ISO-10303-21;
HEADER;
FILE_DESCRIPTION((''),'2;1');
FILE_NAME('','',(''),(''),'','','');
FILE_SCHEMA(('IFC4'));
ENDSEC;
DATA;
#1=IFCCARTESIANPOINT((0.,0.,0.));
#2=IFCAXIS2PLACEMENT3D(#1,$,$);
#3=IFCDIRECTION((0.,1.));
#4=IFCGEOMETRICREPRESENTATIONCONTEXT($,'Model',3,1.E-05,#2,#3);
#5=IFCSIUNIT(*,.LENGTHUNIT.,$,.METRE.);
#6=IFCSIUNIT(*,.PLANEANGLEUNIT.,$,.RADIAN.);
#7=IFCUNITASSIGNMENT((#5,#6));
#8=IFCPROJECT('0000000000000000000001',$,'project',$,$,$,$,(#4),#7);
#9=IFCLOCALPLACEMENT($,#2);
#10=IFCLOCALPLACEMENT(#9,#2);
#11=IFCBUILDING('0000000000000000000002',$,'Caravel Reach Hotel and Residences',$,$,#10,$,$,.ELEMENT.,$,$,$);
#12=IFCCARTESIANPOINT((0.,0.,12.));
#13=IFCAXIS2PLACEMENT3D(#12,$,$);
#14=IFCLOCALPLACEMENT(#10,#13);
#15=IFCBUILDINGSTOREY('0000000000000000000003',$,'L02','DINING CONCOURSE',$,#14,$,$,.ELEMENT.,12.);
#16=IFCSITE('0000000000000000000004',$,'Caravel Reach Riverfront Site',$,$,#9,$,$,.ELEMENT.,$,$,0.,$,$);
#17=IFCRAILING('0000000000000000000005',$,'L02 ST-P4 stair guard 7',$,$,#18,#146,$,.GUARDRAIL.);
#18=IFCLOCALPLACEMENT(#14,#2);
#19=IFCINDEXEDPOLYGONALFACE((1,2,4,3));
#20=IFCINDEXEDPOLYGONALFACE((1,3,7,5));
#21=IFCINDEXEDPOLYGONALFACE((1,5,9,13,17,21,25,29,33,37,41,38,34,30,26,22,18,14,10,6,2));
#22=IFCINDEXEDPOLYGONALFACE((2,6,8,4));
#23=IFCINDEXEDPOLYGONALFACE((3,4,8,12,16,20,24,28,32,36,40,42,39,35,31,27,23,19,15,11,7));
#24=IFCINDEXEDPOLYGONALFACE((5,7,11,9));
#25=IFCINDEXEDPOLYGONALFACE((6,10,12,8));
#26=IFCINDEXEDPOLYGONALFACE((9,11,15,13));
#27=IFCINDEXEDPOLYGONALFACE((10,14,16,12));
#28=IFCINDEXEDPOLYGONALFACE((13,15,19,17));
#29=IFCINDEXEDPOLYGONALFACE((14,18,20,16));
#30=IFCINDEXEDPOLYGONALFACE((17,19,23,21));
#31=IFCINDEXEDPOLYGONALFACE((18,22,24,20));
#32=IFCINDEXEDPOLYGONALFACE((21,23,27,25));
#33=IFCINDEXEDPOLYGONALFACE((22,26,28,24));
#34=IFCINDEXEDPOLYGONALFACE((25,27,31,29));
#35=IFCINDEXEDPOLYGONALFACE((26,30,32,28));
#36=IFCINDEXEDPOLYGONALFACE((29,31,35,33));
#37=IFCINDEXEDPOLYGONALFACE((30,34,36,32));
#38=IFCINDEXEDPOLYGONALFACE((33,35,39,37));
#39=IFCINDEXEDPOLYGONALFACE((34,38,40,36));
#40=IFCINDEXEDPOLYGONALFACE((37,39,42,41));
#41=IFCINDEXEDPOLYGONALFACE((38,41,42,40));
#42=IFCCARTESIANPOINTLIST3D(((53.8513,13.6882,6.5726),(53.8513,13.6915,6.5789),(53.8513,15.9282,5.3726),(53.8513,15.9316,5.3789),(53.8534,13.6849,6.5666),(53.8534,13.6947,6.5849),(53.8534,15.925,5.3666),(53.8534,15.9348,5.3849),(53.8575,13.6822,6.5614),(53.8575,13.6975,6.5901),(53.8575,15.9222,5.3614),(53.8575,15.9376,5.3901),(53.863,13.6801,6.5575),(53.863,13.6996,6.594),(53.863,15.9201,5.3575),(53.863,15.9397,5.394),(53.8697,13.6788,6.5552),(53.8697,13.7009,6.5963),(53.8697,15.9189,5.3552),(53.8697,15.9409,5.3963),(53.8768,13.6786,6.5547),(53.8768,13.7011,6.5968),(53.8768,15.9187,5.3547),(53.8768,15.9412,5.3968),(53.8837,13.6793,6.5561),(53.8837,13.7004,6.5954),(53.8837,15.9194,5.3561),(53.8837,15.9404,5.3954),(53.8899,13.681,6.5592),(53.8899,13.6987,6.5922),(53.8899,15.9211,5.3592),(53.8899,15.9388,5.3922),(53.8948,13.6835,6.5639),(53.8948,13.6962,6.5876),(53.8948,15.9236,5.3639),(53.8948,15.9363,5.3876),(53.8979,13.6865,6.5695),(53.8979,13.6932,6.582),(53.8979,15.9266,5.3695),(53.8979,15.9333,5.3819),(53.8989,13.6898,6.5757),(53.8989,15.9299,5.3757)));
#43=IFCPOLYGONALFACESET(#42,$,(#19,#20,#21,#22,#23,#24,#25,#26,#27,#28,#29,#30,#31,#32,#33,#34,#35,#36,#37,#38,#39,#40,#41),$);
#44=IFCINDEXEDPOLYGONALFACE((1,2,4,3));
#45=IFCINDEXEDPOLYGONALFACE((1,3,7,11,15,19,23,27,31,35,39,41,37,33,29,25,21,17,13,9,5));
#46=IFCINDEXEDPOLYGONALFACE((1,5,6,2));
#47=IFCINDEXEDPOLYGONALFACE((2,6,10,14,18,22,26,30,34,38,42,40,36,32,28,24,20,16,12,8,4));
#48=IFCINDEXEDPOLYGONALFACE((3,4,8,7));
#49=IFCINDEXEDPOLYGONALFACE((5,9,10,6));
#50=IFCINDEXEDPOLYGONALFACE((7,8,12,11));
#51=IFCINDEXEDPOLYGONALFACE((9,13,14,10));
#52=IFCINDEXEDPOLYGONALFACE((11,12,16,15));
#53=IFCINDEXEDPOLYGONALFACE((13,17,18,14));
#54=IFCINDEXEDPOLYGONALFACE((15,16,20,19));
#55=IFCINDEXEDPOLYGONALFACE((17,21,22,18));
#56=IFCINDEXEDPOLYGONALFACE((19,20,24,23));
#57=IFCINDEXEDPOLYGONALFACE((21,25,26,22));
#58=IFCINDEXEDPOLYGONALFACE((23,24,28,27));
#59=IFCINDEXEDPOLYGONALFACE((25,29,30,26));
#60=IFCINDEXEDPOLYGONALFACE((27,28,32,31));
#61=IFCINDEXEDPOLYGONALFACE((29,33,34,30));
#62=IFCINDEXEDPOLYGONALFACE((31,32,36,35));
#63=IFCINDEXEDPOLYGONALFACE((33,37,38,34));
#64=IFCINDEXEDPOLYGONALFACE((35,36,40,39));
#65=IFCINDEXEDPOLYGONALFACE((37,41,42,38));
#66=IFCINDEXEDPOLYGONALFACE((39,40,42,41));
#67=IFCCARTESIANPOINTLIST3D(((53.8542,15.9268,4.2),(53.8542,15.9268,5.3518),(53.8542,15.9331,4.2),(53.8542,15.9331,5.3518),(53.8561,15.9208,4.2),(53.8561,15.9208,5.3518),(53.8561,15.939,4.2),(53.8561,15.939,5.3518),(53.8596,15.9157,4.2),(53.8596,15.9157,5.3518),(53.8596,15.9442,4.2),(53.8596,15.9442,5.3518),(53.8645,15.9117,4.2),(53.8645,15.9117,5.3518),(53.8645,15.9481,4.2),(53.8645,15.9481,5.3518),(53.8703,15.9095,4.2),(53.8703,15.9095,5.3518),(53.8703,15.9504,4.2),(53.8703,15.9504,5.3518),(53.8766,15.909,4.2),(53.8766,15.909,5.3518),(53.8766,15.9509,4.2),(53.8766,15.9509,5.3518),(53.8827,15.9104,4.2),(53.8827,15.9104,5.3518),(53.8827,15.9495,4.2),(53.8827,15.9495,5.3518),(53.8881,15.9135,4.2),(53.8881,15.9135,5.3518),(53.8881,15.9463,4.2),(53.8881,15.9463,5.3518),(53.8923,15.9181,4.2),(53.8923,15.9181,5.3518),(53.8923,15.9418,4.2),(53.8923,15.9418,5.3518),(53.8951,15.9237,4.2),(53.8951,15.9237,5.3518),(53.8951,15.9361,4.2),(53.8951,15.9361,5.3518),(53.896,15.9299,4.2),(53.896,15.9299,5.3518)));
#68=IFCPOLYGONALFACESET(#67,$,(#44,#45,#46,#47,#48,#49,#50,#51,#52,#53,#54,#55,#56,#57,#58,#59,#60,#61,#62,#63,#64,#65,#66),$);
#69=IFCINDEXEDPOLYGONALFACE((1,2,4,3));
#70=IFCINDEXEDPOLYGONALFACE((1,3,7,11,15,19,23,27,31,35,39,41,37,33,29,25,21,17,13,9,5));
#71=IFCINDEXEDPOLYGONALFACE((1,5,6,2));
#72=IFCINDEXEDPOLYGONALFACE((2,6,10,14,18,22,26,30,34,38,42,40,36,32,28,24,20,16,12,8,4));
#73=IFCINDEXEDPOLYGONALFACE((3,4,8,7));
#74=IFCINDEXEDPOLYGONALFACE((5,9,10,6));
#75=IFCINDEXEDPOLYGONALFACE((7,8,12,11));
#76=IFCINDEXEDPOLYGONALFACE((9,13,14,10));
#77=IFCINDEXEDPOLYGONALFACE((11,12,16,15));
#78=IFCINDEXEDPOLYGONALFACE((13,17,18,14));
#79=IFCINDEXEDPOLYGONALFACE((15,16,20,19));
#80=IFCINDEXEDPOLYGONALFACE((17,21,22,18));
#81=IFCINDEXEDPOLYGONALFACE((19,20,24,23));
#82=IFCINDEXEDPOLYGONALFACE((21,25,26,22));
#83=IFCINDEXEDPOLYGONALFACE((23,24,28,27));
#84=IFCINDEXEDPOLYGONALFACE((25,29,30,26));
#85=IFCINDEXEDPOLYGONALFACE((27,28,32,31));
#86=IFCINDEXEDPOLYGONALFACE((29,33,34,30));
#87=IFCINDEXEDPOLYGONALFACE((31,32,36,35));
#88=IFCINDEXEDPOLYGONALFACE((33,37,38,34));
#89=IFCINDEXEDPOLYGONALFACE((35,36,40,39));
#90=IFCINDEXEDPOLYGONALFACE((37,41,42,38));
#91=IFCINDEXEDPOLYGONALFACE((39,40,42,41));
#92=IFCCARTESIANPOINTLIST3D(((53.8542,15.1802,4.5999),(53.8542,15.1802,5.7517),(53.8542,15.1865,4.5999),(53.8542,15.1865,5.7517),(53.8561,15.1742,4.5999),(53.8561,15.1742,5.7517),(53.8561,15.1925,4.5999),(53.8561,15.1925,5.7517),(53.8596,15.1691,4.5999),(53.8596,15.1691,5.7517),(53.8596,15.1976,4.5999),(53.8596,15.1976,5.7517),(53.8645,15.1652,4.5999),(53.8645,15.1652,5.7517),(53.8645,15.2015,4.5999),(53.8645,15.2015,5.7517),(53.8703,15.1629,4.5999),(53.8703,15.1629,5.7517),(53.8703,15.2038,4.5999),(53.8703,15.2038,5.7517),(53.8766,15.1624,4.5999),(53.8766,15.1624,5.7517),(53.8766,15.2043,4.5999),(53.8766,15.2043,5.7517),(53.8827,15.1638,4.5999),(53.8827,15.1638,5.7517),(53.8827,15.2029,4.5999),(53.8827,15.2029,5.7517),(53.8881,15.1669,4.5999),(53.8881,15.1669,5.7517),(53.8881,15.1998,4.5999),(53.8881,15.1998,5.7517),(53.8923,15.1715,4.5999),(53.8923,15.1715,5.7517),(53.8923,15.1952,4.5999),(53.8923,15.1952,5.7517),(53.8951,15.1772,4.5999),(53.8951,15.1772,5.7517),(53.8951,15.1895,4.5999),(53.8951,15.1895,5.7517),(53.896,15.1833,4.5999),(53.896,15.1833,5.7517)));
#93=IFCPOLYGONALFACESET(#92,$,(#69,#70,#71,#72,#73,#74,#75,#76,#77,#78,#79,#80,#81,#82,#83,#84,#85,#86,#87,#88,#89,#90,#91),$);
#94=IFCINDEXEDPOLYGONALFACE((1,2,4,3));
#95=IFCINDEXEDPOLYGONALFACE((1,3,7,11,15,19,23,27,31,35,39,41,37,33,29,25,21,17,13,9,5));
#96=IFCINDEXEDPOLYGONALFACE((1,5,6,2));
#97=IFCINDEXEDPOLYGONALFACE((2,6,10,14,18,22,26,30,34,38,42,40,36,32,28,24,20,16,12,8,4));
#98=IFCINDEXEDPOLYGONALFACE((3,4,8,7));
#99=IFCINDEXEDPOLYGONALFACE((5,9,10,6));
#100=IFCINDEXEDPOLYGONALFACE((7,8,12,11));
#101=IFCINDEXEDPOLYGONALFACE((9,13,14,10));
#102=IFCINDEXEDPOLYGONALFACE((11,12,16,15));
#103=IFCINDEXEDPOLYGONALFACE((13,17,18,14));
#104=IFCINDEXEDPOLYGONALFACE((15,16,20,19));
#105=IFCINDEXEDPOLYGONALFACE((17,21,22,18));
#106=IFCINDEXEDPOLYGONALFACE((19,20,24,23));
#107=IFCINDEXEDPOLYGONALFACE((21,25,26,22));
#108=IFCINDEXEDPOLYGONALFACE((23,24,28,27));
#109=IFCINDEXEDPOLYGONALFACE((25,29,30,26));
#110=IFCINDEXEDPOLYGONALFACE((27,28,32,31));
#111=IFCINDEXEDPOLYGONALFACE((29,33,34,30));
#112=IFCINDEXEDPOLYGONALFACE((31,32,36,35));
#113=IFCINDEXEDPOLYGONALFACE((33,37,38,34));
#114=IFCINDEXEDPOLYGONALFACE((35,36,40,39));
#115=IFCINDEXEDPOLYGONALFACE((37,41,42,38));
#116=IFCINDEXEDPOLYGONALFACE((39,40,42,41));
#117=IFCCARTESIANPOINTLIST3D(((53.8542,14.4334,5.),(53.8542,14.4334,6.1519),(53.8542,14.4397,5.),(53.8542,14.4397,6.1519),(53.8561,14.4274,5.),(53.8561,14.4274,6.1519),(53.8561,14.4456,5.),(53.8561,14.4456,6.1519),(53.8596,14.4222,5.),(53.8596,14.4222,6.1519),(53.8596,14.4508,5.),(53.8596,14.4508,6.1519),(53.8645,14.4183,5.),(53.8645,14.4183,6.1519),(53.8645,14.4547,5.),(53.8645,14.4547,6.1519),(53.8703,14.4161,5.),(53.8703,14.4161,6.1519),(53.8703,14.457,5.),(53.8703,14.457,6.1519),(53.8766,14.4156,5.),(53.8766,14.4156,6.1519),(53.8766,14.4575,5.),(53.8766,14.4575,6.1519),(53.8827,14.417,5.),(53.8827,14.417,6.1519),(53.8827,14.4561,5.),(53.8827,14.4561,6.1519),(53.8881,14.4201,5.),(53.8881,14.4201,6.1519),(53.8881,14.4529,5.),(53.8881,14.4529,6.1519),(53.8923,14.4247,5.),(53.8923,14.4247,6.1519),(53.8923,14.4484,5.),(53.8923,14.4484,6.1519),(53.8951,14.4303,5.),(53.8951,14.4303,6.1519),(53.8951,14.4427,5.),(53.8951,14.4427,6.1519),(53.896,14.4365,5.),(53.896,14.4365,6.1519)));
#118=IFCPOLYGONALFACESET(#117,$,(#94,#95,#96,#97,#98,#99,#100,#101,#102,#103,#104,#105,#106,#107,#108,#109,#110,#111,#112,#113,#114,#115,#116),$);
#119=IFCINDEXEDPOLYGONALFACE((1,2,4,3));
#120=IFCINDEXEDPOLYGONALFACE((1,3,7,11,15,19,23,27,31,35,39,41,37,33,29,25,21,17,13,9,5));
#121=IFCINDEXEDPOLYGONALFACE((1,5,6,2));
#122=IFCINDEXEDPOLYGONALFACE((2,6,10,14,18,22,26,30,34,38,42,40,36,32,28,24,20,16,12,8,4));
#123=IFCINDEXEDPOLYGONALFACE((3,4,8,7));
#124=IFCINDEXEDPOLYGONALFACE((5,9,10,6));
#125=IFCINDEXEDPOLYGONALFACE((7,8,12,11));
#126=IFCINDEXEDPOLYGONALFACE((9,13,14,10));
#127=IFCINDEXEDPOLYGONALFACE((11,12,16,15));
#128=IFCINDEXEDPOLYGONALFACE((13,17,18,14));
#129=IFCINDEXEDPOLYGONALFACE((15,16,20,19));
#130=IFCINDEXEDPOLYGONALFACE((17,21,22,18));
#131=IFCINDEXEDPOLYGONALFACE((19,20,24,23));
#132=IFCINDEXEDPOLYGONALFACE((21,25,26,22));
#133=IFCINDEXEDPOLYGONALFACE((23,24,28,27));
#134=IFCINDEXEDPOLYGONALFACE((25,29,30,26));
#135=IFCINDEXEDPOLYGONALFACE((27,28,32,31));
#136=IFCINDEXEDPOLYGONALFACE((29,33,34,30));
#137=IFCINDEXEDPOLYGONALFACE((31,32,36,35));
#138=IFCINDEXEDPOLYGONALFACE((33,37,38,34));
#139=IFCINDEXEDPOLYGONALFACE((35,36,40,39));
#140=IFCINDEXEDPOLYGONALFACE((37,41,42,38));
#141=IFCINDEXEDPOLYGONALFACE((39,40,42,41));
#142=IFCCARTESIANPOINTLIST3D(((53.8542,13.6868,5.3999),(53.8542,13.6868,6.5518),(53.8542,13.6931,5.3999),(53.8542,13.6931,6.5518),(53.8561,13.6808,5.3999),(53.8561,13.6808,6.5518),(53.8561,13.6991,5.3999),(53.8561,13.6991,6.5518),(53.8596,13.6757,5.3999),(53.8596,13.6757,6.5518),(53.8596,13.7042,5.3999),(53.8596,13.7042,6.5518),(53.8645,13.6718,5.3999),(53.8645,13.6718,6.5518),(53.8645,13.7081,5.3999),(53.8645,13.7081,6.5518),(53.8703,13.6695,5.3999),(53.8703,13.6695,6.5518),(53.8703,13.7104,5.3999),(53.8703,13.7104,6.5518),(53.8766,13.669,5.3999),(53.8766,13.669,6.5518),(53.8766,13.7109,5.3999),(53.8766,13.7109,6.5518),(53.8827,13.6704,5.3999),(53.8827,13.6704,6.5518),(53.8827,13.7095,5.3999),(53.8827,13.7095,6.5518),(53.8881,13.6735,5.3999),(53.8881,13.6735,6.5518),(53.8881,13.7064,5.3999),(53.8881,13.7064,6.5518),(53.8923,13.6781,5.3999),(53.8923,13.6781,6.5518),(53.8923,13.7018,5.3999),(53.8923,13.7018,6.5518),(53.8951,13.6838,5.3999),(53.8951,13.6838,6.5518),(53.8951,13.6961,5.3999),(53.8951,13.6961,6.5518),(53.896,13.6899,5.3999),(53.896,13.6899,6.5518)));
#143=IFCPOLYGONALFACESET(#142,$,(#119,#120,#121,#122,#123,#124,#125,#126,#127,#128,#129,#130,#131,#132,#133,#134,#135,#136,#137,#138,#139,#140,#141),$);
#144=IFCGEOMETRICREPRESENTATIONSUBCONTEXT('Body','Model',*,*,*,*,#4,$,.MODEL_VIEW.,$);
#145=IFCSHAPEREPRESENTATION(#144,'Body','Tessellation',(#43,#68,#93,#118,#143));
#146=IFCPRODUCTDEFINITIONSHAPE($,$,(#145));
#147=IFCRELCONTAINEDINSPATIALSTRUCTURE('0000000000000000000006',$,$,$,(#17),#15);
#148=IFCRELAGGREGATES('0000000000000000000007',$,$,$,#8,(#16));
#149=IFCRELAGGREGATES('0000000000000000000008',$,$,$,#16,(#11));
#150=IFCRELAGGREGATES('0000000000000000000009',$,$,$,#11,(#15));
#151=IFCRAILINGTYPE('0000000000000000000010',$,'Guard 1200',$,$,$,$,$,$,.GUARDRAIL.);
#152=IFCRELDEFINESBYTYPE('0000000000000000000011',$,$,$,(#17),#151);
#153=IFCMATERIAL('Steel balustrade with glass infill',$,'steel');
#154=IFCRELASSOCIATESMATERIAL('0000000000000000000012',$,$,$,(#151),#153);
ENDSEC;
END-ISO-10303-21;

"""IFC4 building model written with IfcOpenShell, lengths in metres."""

from ifc_helpers import new_model, si_unit, direction, frame, origin, origin_2d, place, context, subcontext, project, spatial, circle, extrude, material, type_object, element, save


model = new_model("IFC4")

# Units and contexts
model_context = context("Model", 3, precision=1e-05, world=origin(), true_north=direction((0.0, 1.0)))
body_context = subcontext(model_context, "Body", "Model", "MODEL_VIEW")
ifc_project = project(units=[si_unit("LENGTHUNIT", "METRE"), si_unit("PLANEANGLEUNIT", "RADIAN")], contexts=[model_context])

# Site, building, storey
site_placement = place(None, origin())
site = spatial("IfcSite", under=ifc_project, at=site_placement, Name="Caravel Reach Riverfront Site", CompositionType="ELEMENT", RefElevation=0.0)
building_placement = place(site_placement, origin())
building = spatial("IfcBuilding", under=site, at=building_placement, Name="Caravel Reach Hotel and Residences", CompositionType="ELEMENT")
storey_placement = place(building_placement, frame((0.0, 0.0, 12.0)))
storey = spatial("IfcBuildingStorey", under=building, at=storey_placement, Name="L02", Description="DINING CONCOURSE", CompositionType="ELEMENT", Elevation=12.0)

# Railing
ifc_material_1 = material(Name="Steel balustrade with glass infill", Category="steel")
railing_type_1 = type_object("IfcRailingType", Name="Guard 1200", PredefinedType="GUARDRAIL", material=ifc_material_1)
railing_1_placement = place(storey_placement, frame((53.875, 15.9299, 4.2)))
element("IfcRailing", 1, at=railing_1_placement, inside=storey, type_object=railing_type_1, Name="L02 ST-P4 stair guard 7", PredefinedType="GUARDRAIL", context=body_context, shape_type="SweptSolid", body=[
    extrude(circle(Radius=0.0239, at=origin_2d()), frame((0.0, 0.0, 1.1758), z_axis=(0.0, -0.881487, 0.472208), x_axis=(1.0, 0.0, 0.0)), (0.0, 0.0, 1.0), 2.5413),
    extrude(circle(Radius=0.021, at=origin_2d()), origin(), (0.0, 0.0, 1.0), 1.1519),
    extrude(circle(Radius=0.021, at=origin_2d()), frame((0.0, -0.7466, 0.3999)), (0.0, 0.0, 1.0), 1.1519),
    extrude(circle(Radius=0.021, at=origin_2d()), frame((0.0, -1.4934, 0.8)), (0.0, 0.0, 1.0), 1.1519),
    extrude(circle(Radius=0.021, at=origin_2d()), frame((0.0, -2.24, 1.2)), (0.0, 0.0, 1.0), 1.1519),
])

save(model, "model.ifc")
